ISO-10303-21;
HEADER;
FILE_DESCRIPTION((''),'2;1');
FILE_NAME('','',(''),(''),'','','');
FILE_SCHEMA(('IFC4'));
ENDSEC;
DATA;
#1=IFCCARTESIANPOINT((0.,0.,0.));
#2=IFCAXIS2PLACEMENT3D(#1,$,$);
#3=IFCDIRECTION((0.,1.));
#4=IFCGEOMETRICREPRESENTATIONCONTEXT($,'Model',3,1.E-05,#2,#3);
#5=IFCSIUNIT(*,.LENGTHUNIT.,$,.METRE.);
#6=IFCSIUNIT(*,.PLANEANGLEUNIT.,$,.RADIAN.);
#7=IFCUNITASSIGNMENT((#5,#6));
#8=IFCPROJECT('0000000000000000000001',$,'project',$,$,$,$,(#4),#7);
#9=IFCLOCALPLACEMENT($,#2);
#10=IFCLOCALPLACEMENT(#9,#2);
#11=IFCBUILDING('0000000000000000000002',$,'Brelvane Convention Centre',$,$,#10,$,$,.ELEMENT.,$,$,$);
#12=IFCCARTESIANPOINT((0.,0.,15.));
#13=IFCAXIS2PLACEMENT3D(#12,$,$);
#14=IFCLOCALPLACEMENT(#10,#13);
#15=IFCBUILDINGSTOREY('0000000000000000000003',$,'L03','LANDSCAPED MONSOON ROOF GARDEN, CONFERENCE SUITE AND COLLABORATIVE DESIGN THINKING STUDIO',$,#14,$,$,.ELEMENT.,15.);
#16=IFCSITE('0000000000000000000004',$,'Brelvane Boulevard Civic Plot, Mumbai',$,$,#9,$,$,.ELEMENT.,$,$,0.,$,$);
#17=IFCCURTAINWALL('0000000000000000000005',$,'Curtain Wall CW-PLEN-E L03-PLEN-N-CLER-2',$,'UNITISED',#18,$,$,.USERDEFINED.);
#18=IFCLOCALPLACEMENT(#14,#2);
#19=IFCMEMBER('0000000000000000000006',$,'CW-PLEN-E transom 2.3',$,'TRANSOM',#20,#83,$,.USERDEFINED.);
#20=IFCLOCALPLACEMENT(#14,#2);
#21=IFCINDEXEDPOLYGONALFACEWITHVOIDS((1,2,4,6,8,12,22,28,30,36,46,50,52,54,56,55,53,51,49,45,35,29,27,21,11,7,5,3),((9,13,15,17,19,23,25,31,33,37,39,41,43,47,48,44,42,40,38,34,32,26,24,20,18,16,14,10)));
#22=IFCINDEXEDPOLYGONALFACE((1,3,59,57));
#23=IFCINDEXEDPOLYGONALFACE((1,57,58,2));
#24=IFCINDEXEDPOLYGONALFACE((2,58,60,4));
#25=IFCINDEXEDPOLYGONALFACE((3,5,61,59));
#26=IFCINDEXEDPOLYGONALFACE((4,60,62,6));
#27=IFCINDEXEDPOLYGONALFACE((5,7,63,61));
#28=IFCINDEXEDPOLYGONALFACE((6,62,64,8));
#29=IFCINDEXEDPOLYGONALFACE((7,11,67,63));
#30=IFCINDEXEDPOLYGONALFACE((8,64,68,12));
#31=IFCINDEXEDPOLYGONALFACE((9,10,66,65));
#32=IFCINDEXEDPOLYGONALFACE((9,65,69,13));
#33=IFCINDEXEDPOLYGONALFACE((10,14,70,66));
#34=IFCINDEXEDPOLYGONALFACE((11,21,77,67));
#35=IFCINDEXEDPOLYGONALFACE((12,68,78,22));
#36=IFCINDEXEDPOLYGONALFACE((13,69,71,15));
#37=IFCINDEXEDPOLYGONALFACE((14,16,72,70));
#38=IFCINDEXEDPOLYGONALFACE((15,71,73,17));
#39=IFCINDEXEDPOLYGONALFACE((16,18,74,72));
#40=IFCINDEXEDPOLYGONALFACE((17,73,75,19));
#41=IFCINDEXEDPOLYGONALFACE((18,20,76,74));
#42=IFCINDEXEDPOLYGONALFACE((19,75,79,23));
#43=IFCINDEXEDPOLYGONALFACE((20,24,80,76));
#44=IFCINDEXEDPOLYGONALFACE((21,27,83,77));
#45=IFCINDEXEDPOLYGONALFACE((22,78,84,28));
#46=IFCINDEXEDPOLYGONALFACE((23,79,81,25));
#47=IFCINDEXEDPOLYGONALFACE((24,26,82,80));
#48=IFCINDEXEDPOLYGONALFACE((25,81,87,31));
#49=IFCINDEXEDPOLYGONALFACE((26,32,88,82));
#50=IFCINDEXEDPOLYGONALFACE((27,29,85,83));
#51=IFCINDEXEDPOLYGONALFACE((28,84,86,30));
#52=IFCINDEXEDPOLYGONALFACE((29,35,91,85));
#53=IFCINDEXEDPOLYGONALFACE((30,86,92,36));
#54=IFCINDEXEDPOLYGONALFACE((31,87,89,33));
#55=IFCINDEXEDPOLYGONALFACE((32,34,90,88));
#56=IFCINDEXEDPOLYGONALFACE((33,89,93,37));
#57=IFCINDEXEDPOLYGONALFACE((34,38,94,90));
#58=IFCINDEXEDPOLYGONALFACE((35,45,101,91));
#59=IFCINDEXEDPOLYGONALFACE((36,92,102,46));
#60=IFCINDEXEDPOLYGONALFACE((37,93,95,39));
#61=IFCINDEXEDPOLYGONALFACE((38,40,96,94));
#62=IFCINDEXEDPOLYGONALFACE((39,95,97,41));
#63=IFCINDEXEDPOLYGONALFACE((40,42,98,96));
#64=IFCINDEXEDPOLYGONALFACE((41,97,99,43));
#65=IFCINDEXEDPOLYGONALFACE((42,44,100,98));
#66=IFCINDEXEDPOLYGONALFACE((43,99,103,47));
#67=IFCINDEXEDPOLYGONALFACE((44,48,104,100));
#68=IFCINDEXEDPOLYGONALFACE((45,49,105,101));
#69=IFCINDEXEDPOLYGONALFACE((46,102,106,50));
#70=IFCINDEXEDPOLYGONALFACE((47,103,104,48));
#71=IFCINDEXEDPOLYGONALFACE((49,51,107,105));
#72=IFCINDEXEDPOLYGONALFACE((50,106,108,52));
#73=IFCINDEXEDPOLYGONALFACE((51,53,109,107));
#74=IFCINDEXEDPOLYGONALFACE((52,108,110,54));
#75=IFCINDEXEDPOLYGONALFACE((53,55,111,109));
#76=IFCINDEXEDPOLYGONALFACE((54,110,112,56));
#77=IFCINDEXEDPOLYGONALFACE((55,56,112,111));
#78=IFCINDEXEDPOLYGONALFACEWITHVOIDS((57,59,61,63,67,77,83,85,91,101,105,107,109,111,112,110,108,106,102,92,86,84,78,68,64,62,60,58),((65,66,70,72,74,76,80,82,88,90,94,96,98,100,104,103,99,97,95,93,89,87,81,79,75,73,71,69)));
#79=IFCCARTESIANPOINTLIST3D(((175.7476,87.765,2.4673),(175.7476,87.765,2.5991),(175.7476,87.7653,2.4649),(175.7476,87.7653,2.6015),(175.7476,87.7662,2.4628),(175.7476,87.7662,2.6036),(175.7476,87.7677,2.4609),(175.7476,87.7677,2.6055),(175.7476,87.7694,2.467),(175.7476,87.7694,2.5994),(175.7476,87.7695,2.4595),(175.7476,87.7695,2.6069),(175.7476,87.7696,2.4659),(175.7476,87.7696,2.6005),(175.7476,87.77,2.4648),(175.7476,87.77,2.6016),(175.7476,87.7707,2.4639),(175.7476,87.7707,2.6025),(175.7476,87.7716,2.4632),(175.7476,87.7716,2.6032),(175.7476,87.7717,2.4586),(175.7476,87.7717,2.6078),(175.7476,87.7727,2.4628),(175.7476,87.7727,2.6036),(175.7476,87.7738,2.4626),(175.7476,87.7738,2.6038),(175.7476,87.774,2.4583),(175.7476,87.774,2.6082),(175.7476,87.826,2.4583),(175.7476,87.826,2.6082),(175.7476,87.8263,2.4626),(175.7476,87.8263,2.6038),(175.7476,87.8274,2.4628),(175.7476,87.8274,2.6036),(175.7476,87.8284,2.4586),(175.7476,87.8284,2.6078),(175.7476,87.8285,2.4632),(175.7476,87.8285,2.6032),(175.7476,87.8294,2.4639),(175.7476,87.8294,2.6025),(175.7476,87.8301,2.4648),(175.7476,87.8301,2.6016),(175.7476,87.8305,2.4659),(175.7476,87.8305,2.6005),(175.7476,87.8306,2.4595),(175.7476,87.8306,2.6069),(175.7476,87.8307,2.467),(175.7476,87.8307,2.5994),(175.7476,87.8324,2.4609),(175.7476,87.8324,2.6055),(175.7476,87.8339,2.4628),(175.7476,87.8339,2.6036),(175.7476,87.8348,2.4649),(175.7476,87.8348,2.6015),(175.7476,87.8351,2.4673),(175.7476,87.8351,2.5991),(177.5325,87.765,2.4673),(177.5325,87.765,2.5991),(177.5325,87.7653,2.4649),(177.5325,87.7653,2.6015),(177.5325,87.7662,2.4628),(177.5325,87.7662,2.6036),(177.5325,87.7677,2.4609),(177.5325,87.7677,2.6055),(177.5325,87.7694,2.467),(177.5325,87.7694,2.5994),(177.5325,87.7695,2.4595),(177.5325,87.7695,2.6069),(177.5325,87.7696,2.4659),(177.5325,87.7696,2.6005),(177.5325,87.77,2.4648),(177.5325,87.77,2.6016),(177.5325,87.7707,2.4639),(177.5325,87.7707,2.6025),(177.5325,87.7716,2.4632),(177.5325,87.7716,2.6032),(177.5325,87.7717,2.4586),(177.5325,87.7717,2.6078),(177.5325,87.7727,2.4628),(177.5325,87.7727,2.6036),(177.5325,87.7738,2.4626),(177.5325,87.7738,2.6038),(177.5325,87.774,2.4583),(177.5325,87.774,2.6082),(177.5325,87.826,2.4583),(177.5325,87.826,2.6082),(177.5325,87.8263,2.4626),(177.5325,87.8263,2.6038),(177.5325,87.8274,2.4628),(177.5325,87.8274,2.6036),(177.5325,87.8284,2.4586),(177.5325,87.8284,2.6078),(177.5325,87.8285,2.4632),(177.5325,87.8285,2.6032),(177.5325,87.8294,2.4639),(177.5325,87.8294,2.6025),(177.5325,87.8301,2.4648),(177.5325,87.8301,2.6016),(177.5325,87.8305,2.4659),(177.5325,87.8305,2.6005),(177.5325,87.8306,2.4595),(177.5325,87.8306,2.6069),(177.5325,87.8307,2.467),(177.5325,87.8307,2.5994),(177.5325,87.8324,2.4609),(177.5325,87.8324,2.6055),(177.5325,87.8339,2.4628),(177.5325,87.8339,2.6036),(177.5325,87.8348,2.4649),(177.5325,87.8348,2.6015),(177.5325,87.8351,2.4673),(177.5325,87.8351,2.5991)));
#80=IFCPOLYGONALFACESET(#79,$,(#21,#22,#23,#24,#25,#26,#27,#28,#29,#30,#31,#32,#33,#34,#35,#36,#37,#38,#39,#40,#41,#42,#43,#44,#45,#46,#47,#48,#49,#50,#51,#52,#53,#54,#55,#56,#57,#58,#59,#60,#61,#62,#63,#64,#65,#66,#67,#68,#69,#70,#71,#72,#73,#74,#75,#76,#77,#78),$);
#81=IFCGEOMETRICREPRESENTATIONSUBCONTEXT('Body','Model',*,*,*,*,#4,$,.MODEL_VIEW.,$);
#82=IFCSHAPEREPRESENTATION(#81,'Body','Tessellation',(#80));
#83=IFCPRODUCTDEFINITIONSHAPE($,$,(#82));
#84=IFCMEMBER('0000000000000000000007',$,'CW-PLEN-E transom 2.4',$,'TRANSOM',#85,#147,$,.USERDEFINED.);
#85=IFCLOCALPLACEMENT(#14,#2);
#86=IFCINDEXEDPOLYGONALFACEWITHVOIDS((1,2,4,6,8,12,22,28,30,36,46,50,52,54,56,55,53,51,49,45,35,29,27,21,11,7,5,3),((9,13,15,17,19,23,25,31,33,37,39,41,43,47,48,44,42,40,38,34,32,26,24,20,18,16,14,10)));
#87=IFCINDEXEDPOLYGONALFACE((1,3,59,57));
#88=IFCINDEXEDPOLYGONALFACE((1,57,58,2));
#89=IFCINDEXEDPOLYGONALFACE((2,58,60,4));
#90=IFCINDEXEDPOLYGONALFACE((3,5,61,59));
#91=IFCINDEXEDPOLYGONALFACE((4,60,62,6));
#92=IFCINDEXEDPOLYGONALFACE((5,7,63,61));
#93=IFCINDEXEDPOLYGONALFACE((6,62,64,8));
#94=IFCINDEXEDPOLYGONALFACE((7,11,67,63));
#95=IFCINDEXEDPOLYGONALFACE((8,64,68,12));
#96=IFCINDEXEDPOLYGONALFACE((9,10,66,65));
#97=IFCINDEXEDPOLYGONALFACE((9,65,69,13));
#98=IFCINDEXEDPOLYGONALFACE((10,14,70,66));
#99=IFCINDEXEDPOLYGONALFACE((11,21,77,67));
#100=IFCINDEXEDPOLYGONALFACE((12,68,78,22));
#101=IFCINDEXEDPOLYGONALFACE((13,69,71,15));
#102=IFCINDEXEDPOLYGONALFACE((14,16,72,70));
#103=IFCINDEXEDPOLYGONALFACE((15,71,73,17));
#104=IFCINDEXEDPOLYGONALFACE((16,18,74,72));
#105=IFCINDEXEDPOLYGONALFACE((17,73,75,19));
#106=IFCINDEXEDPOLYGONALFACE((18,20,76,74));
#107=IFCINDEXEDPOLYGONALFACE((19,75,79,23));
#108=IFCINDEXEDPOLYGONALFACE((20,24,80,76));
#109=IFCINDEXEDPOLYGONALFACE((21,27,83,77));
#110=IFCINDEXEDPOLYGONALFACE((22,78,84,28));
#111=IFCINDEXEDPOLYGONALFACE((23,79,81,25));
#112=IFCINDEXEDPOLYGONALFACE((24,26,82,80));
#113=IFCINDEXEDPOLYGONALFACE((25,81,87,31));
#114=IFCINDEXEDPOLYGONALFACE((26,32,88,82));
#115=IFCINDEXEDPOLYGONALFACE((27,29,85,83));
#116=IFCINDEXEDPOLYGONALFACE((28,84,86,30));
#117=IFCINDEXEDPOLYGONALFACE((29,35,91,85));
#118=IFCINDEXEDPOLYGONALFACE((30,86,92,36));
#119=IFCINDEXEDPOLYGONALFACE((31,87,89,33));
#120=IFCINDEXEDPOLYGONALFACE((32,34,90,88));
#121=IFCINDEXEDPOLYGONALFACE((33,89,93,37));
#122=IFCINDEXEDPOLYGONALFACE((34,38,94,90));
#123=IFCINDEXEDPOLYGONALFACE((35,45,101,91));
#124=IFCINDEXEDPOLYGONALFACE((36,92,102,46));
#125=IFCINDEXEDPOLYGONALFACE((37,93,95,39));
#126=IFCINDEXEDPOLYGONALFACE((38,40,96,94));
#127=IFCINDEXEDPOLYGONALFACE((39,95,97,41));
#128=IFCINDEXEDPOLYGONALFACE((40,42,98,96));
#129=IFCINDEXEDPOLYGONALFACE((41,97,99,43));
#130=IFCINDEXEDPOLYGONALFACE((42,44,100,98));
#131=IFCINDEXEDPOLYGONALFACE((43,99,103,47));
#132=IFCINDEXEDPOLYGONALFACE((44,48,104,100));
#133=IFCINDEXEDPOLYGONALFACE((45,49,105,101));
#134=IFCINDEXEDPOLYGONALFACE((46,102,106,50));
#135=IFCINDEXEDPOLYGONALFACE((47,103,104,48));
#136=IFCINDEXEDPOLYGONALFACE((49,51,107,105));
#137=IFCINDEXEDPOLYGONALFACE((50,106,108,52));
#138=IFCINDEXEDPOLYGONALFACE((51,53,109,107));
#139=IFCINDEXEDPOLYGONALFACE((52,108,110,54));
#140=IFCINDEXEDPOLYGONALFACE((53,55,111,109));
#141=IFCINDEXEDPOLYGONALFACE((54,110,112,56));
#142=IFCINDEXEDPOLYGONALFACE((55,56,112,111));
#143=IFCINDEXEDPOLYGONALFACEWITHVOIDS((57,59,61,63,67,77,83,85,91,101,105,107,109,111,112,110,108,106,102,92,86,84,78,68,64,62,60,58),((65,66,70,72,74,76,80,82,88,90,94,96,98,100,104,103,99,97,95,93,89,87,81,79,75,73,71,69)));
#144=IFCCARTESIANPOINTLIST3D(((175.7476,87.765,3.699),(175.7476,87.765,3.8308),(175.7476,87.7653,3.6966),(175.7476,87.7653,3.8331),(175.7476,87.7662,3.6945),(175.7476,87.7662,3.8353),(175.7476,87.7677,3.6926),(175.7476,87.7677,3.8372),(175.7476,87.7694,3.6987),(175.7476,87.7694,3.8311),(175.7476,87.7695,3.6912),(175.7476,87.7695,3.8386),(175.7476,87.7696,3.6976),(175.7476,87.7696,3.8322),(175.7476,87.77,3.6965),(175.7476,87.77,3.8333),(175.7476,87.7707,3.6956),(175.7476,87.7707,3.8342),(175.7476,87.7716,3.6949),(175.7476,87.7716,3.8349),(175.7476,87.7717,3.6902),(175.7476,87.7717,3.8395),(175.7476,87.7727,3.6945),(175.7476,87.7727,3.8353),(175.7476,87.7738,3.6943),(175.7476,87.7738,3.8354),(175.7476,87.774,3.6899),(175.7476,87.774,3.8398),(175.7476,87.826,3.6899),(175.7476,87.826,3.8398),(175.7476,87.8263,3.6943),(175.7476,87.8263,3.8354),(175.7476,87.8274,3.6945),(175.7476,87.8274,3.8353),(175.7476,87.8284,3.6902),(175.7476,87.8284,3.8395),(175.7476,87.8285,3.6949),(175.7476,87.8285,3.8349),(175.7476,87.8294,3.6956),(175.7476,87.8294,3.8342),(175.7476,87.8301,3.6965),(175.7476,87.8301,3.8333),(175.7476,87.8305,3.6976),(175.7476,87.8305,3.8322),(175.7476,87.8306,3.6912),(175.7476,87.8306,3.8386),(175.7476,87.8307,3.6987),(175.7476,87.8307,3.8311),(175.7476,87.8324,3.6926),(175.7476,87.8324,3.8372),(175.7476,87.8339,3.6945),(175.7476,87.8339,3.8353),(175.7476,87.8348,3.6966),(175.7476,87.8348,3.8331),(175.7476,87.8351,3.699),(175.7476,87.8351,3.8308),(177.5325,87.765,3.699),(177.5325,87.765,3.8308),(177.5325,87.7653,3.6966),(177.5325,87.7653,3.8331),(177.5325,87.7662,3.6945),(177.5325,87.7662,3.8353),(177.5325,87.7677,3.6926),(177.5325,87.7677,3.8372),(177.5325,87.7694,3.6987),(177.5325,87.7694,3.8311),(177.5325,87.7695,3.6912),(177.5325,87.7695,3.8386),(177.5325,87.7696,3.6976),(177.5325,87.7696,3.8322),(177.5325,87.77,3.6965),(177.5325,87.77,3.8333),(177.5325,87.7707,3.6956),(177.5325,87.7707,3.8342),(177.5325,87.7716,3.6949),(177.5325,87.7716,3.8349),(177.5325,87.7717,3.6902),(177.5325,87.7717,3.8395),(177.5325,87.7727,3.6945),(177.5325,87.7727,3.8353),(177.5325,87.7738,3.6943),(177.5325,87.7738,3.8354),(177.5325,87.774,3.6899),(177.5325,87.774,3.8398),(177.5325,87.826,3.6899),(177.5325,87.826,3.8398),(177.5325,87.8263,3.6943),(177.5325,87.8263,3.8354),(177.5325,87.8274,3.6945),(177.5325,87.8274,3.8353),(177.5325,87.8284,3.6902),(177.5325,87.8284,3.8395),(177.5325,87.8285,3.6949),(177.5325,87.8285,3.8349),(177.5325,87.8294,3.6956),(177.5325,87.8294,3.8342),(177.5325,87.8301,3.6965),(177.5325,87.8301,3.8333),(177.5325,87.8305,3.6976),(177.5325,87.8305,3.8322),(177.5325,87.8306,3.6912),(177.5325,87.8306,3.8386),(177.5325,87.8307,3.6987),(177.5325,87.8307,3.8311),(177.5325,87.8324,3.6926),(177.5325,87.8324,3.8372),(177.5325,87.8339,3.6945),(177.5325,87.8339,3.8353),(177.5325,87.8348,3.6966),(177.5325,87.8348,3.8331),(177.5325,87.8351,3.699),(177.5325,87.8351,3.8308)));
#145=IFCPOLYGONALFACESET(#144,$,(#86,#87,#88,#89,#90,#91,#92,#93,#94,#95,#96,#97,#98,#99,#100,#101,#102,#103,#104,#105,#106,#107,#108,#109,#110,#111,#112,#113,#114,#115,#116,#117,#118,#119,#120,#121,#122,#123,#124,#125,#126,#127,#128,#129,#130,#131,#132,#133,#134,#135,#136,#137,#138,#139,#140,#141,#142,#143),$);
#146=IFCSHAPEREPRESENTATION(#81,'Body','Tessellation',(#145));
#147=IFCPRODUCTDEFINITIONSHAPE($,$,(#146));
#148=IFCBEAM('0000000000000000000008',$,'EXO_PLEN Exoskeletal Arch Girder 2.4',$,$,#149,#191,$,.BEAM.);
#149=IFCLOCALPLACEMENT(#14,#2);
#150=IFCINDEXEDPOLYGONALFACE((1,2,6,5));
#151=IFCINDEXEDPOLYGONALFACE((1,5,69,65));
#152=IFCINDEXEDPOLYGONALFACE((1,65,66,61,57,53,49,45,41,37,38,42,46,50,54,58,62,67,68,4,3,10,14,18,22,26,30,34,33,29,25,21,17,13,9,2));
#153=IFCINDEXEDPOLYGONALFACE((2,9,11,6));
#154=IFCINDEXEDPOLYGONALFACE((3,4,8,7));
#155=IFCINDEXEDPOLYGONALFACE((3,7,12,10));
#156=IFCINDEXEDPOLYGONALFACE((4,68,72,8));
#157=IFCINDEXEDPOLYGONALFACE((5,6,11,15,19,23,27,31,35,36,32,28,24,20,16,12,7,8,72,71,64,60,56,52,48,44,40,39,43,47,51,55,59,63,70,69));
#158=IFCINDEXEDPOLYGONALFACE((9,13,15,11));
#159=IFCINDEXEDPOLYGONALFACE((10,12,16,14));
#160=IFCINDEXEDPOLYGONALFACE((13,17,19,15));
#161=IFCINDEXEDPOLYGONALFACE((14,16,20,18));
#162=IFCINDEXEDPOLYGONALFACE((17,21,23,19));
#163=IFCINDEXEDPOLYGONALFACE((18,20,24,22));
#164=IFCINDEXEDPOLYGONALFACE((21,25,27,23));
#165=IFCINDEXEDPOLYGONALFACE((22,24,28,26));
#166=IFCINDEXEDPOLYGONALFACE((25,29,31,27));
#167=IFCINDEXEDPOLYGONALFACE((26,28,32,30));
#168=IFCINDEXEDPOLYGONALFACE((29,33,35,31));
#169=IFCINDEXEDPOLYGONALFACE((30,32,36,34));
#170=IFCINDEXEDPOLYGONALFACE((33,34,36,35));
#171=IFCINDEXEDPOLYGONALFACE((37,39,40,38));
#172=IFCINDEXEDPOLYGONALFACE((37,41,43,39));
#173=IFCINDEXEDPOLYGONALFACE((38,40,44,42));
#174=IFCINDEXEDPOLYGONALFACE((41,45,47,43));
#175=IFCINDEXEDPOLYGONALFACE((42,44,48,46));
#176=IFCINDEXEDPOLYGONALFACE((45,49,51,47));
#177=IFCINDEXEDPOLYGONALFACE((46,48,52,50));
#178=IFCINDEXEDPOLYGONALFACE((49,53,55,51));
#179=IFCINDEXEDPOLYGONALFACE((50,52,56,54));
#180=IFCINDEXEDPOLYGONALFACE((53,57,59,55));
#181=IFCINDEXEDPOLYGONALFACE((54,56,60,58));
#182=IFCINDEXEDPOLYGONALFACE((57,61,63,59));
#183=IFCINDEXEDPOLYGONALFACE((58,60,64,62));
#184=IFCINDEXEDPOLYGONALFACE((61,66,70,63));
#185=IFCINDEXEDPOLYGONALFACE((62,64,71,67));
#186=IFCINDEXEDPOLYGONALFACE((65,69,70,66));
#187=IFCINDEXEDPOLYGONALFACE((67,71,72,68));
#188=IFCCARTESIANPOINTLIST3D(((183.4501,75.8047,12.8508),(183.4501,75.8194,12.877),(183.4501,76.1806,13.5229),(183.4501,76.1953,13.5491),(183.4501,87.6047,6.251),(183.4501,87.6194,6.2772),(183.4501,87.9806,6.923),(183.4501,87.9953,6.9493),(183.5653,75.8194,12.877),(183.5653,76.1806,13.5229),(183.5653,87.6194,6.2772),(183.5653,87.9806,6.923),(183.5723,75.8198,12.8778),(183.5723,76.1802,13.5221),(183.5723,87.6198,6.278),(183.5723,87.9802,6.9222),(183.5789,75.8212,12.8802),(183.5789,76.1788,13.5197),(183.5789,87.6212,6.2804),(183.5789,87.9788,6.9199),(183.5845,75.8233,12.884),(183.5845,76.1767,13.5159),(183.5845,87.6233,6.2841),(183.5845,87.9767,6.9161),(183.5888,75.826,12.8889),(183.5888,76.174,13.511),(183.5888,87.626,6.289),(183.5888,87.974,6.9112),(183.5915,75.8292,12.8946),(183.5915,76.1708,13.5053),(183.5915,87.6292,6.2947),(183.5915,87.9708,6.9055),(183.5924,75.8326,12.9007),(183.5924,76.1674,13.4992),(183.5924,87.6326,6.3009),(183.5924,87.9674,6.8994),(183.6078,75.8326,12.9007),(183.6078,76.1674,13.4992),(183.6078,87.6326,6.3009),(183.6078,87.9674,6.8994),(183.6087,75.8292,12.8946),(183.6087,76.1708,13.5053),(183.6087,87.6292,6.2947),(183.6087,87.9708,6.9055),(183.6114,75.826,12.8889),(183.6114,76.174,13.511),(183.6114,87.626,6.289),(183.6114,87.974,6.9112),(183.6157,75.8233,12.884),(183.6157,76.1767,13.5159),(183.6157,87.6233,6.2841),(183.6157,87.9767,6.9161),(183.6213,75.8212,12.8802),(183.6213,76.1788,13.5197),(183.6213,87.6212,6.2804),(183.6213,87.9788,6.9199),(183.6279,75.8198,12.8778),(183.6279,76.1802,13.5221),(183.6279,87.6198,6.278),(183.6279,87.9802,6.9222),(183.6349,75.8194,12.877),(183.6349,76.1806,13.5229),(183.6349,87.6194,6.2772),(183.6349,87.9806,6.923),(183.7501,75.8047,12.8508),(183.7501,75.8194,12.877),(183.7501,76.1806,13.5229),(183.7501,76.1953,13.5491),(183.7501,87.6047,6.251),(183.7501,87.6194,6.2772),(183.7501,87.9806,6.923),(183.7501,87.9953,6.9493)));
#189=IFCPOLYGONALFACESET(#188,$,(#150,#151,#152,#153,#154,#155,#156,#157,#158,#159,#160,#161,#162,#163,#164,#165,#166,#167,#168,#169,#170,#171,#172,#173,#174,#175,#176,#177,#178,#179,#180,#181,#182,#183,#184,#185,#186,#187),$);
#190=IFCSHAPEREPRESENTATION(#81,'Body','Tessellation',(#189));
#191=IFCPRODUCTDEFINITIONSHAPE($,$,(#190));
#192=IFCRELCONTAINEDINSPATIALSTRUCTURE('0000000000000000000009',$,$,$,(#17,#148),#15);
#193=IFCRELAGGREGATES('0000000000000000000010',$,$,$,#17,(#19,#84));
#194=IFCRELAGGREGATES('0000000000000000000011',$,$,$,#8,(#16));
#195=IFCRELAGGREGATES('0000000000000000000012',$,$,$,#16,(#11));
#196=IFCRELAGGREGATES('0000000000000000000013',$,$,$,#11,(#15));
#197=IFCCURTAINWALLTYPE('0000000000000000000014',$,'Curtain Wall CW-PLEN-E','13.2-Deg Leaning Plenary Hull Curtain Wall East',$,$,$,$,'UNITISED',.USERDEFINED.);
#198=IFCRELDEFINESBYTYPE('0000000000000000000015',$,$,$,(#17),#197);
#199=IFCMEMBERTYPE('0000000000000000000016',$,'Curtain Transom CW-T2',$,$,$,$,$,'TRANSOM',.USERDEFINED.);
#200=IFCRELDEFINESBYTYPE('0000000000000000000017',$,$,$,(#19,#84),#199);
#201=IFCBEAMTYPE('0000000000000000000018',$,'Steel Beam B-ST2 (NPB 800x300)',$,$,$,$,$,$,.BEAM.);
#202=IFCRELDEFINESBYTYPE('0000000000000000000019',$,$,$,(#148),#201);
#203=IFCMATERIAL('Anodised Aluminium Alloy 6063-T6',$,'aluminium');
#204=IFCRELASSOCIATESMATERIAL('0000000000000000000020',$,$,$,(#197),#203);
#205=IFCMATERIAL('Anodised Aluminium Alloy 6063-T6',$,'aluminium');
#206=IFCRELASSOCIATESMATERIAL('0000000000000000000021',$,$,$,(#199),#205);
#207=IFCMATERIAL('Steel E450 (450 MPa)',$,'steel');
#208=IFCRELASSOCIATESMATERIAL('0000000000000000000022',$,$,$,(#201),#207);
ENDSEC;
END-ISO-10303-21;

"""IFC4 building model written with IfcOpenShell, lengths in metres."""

from ifc_helpers import new_model, si_unit, direction, frame, origin, origin_2d, place, context, subcontext, project, spatial, hollow_rectangle, i_section, extrude, material, material_profile, profile_set, type_object, element, aggregate, save


model = new_model("IFC4")

# Units and contexts
model_context = context("Model", 3, precision=1e-05, world=origin(), true_north=direction((0.0, 1.0)))
body_context = subcontext(model_context, "Body", "Model", "MODEL_VIEW")
ifc_project = project(units=[si_unit("LENGTHUNIT", "METRE"), si_unit("PLANEANGLEUNIT", "RADIAN")], contexts=[model_context])

# Site, building, storey
site_placement = place(None, origin())
site = spatial("IfcSite", under=ifc_project, at=site_placement, Name="Brelvane Boulevard Civic Plot, Mumbai", CompositionType="ELEMENT", RefElevation=0.0)
building_placement = place(site_placement, origin())
building = spatial("IfcBuilding", under=site, at=building_placement, Name="Brelvane Convention Centre", CompositionType="ELEMENT")
storey_placement = place(building_placement, frame((0.0, 0.0, 15.0)))
storey = spatial("IfcBuildingStorey", under=building, at=storey_placement, Name="L03", Description="LANDSCAPED MONSOON ROOF GARDEN, CONFERENCE SUITE AND COLLABORATIVE DESIGN THINKING STUDIO", CompositionType="ELEMENT", Elevation=15.0)

# Curtain wall
ifc_material_1 = material(Name="Anodised Aluminium Alloy 6063-T6", Category="aluminium")
curtain_wall_type = type_object("IfcCurtainWallType", Name="Curtain Wall CW-PLEN-E", Description="13.2-Deg Leaning Plenary Hull Curtain Wall East", ElementType="UNITISED", PredefinedType="USERDEFINED", material=ifc_material_1)
curtain_wall_1_placement = place(storey_placement, origin())
curtain_wall_1 = element("IfcCurtainWall", 1, at=curtain_wall_1_placement, inside=storey, type_object=curtain_wall_type, Name="Curtain Wall CW-PLEN-E L03-PLEN-N-CLER-2", ObjectType="UNITISED", PredefinedType="USERDEFINED")

# Members
ifc_material_2 = material(Name="Anodised Aluminium Alloy 6063-T6", Category="aluminium")
ifc_material_profile_1 = material_profile(ifc_material_2, hollow_rectangle(XDim=0.0701, YDim=0.1499, WallThickness=0.0044, InnerFilletRadius=0.0044, OuterFilletRadius=0.009, at=origin_2d()), Name="ALU-T 150x70x4.5")
ifc_profile_set_1 = profile_set([ifc_material_profile_1], Name="Anodised Aluminium Alloy 6063-T6")
member_type_1 = type_object("IfcMemberType", Name="Curtain Transom CW-T2", ElementType="TRANSOM", PredefinedType="USERDEFINED", material=ifc_profile_set_1)
member_1_placement = place(storey_placement, frame((175.7476, 87.8, 2.5332), z_axis=(1.0, 0.0, 0.0), x_axis=(0.0, 1.0, 0.0)))
member_1 = element("IfcMember", 2, at=member_1_placement, type_object=member_type_1, Name="CW-PLEN-E transom 2.3", ObjectType="TRANSOM", PredefinedType="USERDEFINED", context=body_context, shape_type="SweptSolid", body=[
    extrude(hollow_rectangle(XDim=0.0701, YDim=0.1499, WallThickness=0.0044, InnerFilletRadius=0.0044, OuterFilletRadius=0.009, at=origin_2d()), origin(), (0.0, 0.0, 1.0), 1.7849),
])
member_2_placement = place(storey_placement, frame((175.7476, 87.8, 3.7649), z_axis=(1.0, 0.0, 0.0), x_axis=(0.0, 1.0, 0.0)))
member_2 = element("IfcMember", 3, at=member_2_placement, type_object=member_type_1, Name="CW-PLEN-E transom 2.4", ObjectType="TRANSOM", PredefinedType="USERDEFINED", context=body_context, shape_type="SweptSolid", body=[
    extrude(hollow_rectangle(XDim=0.0701, YDim=0.1499, WallThickness=0.0044, InnerFilletRadius=0.0044, OuterFilletRadius=0.009, at=origin_2d()), origin(), (0.0, 0.0, 1.0), 1.7849),
])

# Beam
ifc_material_3 = material(Name="Steel E450 (450 MPa)", Category="steel")
ifc_material_profile_2 = material_profile(ifc_material_3, i_section(OverallWidth=0.3, OverallDepth=0.8, WebThickness=0.0154, FlangeThickness=0.03, FilletRadius=0.0271, at=origin_2d()), Name="NPB 800x300")
ifc_profile_set_2 = profile_set([ifc_material_profile_2], Name="Steel E450 (450 MPa)")
beam_type = type_object("IfcBeamType", Name="Steel Beam B-ST2 (NPB 800x300)", PredefinedType="BEAM", material=ifc_profile_set_2)
beam_placement = place(storey_placement, frame((183.6001, 76.0, 13.2), z_axis=(0.0, 0.872764, -0.488143), x_axis=(-1.0, 0.0, 0.0)))
element("IfcBeam", 4, at=beam_placement, inside=storey, type_object=beam_type, Name="EXO_PLEN Exoskeletal Arch Girder 2.4", PredefinedType="BEAM", context=body_context, shape_type="SweptSolid", body=[
    extrude(i_section(OverallWidth=0.3, OverallDepth=0.8, WebThickness=0.0154, FlangeThickness=0.03, FilletRadius=0.0271, at=origin_2d()), origin(), (0.0, 0.0, 1.0), 13.5203),
])

aggregate(curtain_wall_1, [member_1, member_2])

save(model, "model.ifc")
